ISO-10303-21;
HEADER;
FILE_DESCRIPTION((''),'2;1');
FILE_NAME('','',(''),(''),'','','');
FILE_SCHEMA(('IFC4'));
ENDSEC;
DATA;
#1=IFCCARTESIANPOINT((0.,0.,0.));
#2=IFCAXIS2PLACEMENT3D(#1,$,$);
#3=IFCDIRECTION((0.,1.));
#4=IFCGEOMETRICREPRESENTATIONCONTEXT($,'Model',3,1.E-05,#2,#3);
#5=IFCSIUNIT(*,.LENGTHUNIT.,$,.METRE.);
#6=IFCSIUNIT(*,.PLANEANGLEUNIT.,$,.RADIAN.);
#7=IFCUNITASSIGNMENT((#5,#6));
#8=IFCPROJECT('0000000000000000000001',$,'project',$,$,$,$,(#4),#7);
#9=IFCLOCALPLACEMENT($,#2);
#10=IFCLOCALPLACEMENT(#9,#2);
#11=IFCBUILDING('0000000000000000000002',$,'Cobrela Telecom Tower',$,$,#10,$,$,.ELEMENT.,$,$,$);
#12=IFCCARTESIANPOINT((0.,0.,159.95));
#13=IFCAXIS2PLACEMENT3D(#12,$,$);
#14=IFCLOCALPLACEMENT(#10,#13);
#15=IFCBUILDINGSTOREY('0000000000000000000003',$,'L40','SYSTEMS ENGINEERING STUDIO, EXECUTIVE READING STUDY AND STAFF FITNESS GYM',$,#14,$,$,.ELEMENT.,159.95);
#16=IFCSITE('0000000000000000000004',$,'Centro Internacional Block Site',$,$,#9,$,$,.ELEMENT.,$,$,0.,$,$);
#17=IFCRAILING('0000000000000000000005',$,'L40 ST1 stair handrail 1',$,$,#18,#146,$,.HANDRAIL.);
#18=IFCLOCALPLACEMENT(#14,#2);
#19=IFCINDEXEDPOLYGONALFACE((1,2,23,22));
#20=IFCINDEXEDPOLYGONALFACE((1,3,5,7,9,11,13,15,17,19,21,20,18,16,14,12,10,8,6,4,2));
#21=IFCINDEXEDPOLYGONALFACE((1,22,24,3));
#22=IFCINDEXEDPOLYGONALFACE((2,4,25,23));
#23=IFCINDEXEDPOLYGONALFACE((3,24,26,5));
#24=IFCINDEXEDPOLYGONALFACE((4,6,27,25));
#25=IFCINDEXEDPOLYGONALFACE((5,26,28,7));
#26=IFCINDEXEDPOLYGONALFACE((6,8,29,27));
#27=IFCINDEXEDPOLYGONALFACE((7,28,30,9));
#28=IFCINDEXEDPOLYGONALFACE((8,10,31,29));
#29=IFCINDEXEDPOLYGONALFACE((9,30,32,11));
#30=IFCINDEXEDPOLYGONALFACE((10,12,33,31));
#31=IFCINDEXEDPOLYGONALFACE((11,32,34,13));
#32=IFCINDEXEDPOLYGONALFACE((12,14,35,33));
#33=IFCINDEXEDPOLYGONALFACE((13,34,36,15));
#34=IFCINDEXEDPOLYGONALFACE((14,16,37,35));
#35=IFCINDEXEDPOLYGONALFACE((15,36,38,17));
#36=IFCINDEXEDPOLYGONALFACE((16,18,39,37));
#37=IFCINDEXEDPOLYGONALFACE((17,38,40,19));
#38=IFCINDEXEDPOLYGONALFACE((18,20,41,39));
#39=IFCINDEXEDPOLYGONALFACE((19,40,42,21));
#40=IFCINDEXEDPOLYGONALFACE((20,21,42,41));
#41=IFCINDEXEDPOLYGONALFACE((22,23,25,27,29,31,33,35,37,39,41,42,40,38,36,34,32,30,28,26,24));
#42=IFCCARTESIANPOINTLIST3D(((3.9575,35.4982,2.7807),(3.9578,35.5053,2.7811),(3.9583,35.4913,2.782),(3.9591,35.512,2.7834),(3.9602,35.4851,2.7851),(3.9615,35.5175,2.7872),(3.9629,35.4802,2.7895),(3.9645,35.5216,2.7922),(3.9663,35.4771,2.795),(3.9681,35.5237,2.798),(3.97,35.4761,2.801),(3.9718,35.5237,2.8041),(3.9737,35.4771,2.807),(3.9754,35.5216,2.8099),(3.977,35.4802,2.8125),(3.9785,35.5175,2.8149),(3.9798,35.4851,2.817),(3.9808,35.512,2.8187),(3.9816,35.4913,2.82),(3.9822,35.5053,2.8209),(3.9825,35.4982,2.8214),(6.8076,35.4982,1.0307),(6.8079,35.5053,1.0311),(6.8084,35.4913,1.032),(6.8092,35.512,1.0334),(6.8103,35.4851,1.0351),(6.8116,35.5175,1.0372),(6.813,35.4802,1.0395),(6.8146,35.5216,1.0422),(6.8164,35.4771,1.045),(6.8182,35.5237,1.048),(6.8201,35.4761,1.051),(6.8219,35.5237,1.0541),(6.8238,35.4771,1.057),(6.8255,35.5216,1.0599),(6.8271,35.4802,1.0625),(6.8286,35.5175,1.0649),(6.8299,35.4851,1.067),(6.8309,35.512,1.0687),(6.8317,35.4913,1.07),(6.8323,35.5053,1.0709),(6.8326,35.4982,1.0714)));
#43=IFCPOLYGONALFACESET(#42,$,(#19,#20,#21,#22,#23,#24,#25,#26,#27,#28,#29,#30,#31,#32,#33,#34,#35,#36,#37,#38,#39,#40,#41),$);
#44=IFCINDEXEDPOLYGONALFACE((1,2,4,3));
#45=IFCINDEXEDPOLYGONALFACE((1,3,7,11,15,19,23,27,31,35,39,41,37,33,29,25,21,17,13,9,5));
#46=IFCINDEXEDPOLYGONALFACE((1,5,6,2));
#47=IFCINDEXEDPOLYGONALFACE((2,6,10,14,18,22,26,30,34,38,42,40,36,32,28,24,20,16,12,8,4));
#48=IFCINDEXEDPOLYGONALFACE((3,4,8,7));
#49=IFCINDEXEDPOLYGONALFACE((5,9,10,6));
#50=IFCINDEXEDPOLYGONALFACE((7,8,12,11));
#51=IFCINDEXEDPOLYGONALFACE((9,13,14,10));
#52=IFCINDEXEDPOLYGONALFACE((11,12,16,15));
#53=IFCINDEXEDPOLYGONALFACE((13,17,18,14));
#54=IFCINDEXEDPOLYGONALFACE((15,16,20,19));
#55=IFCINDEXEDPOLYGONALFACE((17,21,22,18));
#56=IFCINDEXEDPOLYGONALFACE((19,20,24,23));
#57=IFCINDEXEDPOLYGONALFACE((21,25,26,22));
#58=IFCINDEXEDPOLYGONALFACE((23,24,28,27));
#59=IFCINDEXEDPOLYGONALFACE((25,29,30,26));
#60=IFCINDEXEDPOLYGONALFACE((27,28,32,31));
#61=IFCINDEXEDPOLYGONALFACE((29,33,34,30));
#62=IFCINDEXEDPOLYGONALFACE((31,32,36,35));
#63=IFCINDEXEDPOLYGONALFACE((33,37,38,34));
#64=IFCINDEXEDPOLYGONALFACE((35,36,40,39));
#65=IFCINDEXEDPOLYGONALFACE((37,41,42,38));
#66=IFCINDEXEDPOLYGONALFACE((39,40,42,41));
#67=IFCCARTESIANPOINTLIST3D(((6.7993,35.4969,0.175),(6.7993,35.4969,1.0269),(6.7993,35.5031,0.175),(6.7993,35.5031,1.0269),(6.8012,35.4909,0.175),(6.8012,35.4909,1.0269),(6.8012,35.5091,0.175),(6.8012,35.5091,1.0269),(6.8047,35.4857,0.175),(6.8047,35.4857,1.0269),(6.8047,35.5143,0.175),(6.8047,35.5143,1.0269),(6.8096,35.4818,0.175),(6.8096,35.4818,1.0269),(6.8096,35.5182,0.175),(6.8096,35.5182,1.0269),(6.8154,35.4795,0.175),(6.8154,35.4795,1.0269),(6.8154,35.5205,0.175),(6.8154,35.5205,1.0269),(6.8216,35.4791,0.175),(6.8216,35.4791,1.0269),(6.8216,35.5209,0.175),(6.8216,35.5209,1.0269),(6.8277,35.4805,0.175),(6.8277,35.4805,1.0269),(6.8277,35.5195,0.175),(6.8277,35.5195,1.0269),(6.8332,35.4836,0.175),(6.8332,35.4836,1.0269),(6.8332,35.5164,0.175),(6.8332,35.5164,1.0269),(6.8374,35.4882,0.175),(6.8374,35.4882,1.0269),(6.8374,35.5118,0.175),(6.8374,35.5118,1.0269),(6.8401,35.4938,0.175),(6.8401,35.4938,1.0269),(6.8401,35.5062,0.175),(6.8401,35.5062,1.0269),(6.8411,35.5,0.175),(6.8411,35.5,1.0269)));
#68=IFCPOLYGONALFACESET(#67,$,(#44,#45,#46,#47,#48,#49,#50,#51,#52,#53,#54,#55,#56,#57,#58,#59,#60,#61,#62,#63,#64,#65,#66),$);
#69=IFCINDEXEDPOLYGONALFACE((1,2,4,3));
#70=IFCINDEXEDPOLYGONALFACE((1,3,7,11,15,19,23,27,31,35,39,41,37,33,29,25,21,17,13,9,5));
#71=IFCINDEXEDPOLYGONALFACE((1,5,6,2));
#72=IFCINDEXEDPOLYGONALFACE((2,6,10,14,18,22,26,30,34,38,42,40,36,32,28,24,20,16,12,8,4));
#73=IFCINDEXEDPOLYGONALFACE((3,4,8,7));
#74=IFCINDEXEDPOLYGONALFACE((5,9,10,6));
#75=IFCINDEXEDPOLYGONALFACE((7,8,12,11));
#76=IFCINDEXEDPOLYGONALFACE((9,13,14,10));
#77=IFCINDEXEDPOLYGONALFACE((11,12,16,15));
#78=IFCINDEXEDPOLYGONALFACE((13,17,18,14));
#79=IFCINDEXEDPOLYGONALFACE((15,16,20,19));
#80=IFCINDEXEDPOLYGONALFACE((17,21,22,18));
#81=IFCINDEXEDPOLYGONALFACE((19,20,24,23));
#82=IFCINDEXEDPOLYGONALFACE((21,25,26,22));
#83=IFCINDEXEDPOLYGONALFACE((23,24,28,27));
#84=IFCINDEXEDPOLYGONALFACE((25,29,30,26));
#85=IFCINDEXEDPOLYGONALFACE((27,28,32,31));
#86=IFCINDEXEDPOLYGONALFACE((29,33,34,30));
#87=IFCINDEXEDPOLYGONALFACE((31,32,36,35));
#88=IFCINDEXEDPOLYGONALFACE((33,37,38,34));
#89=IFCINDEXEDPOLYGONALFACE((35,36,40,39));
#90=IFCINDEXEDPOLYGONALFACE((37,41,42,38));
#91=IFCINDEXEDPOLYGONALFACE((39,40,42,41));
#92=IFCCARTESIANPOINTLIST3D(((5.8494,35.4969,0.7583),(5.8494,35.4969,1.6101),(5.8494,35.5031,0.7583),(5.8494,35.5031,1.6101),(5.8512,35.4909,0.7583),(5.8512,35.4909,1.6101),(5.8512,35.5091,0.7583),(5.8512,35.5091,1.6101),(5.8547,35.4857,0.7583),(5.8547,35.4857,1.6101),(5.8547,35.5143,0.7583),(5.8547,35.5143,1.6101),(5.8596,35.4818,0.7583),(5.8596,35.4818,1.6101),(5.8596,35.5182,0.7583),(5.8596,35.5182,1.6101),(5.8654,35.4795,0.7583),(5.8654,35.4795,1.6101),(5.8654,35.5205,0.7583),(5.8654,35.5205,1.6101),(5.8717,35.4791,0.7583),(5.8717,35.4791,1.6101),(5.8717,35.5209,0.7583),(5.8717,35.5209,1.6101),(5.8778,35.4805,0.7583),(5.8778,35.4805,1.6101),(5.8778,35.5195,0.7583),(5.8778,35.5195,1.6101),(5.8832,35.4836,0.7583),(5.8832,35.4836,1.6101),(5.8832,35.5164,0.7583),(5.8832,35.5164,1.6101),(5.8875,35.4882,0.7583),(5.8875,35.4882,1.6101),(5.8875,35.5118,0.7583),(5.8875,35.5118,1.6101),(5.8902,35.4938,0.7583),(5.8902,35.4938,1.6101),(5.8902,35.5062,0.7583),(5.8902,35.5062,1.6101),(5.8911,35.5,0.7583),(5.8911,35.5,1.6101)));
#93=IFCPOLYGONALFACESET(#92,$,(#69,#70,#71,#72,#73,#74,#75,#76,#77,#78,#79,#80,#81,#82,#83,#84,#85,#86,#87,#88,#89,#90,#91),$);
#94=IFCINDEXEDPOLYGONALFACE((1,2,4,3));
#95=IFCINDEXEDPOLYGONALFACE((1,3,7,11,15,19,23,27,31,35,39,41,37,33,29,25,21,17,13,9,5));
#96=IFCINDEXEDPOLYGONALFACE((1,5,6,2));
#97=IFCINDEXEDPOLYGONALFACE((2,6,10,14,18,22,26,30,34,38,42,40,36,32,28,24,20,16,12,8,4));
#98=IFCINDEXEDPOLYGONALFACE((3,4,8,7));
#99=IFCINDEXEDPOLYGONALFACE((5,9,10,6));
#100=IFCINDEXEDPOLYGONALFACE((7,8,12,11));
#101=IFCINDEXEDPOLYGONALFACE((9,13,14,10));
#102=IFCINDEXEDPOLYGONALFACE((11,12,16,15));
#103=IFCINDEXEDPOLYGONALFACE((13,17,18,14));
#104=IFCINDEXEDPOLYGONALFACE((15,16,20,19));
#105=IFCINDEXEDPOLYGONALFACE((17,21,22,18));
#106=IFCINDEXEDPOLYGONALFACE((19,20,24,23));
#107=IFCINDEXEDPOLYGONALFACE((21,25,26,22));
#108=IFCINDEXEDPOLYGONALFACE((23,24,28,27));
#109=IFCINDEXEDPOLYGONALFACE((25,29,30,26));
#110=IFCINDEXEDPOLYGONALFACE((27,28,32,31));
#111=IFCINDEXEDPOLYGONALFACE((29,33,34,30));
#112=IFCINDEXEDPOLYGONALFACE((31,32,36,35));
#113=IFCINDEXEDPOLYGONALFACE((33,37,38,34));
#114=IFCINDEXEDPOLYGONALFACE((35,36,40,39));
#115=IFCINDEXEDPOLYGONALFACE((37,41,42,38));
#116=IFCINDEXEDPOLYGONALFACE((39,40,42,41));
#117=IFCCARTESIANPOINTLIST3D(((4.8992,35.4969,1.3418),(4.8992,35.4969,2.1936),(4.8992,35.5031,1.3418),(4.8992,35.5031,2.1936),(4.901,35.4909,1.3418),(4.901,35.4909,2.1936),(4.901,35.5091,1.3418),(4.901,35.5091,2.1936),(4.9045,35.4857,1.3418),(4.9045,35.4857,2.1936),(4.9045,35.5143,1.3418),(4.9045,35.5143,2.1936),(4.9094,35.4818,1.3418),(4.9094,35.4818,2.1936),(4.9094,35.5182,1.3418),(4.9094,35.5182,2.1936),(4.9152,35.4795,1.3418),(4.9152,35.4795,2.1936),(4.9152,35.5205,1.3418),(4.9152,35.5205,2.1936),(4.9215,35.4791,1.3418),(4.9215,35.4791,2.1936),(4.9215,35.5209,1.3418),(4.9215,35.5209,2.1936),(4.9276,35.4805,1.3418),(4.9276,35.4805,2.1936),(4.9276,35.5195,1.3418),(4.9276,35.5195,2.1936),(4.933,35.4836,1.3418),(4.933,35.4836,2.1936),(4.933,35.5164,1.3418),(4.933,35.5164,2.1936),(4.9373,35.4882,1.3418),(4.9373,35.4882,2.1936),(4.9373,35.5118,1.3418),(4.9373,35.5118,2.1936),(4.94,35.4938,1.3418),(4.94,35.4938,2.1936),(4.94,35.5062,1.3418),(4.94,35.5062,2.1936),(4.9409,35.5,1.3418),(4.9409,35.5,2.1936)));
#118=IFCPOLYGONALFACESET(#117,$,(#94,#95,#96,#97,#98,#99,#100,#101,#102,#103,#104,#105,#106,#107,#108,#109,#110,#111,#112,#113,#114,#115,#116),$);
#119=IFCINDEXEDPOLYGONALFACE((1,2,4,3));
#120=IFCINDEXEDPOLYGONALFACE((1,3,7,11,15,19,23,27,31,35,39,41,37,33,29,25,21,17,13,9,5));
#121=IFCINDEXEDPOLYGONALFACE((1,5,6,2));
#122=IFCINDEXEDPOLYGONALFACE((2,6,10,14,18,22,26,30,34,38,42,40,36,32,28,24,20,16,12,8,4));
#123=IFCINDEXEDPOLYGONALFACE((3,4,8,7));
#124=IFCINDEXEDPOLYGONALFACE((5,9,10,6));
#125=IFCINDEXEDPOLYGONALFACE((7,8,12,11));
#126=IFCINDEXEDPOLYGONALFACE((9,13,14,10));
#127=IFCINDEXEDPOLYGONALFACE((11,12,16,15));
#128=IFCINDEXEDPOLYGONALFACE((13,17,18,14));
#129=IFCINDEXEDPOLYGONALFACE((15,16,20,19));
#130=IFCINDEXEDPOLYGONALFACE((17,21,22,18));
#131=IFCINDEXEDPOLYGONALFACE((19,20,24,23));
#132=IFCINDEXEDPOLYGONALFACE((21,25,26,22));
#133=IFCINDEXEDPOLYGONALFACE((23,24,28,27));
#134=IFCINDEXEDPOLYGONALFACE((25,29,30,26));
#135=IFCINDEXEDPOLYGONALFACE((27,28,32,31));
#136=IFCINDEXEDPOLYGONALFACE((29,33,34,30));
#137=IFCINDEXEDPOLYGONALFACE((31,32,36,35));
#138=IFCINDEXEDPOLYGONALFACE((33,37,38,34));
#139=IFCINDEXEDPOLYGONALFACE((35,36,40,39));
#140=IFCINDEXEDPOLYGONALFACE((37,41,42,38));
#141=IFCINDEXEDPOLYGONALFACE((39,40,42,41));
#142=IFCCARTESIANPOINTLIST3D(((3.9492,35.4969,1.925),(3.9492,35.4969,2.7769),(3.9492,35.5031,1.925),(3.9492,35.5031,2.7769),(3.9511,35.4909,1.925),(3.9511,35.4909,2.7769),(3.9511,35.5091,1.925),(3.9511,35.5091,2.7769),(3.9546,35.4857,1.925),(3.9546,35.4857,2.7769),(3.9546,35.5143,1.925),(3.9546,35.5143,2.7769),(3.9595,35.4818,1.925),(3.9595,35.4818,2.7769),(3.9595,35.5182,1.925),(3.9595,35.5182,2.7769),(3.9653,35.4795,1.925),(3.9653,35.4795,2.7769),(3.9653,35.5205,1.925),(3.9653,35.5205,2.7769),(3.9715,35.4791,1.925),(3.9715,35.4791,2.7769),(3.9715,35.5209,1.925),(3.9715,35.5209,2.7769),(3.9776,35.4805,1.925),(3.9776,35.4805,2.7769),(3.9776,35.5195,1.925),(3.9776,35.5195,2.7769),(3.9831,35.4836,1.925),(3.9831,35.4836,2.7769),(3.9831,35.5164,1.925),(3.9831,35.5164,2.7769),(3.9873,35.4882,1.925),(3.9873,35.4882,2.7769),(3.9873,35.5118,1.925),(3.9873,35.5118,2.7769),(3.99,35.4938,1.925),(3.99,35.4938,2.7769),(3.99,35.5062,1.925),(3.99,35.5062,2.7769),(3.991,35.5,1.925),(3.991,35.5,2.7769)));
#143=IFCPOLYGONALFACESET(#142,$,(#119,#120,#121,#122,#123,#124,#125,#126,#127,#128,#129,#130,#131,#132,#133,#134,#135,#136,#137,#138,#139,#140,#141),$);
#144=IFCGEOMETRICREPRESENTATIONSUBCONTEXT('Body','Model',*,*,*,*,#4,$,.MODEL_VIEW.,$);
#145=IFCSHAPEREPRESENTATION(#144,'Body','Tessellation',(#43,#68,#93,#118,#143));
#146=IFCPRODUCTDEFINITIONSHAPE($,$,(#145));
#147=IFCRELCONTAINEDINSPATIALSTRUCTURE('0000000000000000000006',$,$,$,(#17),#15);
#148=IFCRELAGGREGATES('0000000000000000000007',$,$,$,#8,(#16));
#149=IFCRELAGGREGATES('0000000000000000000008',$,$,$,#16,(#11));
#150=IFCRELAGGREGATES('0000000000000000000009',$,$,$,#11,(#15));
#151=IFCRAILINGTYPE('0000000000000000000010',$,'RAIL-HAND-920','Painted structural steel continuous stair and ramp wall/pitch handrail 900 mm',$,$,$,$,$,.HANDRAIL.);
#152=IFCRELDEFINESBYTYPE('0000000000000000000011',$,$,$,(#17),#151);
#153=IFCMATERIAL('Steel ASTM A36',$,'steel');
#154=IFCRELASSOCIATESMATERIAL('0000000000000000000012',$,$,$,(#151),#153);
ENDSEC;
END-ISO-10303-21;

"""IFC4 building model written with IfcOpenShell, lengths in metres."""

from ifc_helpers import new_model, si_unit, direction, frame, origin, origin_2d, place, context, subcontext, project, spatial, circle, extrude, material, type_object, element, save


model = new_model("IFC4")

# Units and contexts
model_context = context("Model", 3, precision=1e-05, world=origin(), true_north=direction((0.0, 1.0)))
body_context = subcontext(model_context, "Body", "Model", "MODEL_VIEW")
ifc_project = project(units=[si_unit("LENGTHUNIT", "METRE"), si_unit("PLANEANGLEUNIT", "RADIAN")], contexts=[model_context])

# Site, building, storey
site_placement = place(None, origin())
site = spatial("IfcSite", under=ifc_project, at=site_placement, Name="Centro Internacional Block Site", CompositionType="ELEMENT", RefElevation=0.0)
building_placement = place(site_placement, origin())
building = spatial("IfcBuilding", under=site, at=building_placement, Name="Cobrela Telecom Tower", CompositionType="ELEMENT")
storey_placement = place(building_placement, frame((0.0, 0.0, 159.95)))
storey = spatial("IfcBuildingStorey", under=building, at=storey_placement, Name="L40", Description="SYSTEMS ENGINEERING STUDIO, EXECUTIVE READING STUDY AND STAFF FITNESS GYM", CompositionType="ELEMENT", Elevation=159.95)

# Shared definitions
ifc_material_1 = material(Name="Steel ASTM A36", Category="steel")

# Railing
railing_type_1 = type_object("IfcRailingType", Name="RAIL-HAND-920", Description="Painted structural steel continuous stair and ramp wall/pitch handrail 900 mm", PredefinedType="HANDRAIL", material=ifc_material_1)
railing_1_placement = place(storey_placement, frame((6.8201, 35.5, 0.175)))
element("IfcRailing", 1, at=railing_1_placement, inside=storey, type_object=railing_type_1, Name="L40 ST1 stair handrail 1", PredefinedType="HANDRAIL", context=body_context, shape_type="SweptSolid", body=[
    extrude(circle(Radius=0.0239, at=origin_2d()), frame((0.0, 0.0, 0.876), z_axis=(-0.852179, 0.0, 0.52325), x_axis=(0.0, -1.0, 0.0)), (0.0, 0.0, 1.0), 3.3445),
    extrude(circle(Radius=0.021, at=origin_2d()), origin(), (0.0, 0.0, 1.0), 0.8518),
    extrude(circle(Radius=0.021, at=origin_2d()), frame((-0.95, 0.0, 0.5833)), (0.0, 0.0, 1.0), 0.8518),
    extrude(circle(Radius=0.021, at=origin_2d()), frame((-1.9001, 0.0, 1.1667)), (0.0, 0.0, 1.0), 0.8518),
    extrude(circle(Radius=0.021, at=origin_2d()), frame((-2.8501, 0.0, 1.75)), (0.0, 0.0, 1.0), 0.8518),
])

save(model, "model.ifc")
